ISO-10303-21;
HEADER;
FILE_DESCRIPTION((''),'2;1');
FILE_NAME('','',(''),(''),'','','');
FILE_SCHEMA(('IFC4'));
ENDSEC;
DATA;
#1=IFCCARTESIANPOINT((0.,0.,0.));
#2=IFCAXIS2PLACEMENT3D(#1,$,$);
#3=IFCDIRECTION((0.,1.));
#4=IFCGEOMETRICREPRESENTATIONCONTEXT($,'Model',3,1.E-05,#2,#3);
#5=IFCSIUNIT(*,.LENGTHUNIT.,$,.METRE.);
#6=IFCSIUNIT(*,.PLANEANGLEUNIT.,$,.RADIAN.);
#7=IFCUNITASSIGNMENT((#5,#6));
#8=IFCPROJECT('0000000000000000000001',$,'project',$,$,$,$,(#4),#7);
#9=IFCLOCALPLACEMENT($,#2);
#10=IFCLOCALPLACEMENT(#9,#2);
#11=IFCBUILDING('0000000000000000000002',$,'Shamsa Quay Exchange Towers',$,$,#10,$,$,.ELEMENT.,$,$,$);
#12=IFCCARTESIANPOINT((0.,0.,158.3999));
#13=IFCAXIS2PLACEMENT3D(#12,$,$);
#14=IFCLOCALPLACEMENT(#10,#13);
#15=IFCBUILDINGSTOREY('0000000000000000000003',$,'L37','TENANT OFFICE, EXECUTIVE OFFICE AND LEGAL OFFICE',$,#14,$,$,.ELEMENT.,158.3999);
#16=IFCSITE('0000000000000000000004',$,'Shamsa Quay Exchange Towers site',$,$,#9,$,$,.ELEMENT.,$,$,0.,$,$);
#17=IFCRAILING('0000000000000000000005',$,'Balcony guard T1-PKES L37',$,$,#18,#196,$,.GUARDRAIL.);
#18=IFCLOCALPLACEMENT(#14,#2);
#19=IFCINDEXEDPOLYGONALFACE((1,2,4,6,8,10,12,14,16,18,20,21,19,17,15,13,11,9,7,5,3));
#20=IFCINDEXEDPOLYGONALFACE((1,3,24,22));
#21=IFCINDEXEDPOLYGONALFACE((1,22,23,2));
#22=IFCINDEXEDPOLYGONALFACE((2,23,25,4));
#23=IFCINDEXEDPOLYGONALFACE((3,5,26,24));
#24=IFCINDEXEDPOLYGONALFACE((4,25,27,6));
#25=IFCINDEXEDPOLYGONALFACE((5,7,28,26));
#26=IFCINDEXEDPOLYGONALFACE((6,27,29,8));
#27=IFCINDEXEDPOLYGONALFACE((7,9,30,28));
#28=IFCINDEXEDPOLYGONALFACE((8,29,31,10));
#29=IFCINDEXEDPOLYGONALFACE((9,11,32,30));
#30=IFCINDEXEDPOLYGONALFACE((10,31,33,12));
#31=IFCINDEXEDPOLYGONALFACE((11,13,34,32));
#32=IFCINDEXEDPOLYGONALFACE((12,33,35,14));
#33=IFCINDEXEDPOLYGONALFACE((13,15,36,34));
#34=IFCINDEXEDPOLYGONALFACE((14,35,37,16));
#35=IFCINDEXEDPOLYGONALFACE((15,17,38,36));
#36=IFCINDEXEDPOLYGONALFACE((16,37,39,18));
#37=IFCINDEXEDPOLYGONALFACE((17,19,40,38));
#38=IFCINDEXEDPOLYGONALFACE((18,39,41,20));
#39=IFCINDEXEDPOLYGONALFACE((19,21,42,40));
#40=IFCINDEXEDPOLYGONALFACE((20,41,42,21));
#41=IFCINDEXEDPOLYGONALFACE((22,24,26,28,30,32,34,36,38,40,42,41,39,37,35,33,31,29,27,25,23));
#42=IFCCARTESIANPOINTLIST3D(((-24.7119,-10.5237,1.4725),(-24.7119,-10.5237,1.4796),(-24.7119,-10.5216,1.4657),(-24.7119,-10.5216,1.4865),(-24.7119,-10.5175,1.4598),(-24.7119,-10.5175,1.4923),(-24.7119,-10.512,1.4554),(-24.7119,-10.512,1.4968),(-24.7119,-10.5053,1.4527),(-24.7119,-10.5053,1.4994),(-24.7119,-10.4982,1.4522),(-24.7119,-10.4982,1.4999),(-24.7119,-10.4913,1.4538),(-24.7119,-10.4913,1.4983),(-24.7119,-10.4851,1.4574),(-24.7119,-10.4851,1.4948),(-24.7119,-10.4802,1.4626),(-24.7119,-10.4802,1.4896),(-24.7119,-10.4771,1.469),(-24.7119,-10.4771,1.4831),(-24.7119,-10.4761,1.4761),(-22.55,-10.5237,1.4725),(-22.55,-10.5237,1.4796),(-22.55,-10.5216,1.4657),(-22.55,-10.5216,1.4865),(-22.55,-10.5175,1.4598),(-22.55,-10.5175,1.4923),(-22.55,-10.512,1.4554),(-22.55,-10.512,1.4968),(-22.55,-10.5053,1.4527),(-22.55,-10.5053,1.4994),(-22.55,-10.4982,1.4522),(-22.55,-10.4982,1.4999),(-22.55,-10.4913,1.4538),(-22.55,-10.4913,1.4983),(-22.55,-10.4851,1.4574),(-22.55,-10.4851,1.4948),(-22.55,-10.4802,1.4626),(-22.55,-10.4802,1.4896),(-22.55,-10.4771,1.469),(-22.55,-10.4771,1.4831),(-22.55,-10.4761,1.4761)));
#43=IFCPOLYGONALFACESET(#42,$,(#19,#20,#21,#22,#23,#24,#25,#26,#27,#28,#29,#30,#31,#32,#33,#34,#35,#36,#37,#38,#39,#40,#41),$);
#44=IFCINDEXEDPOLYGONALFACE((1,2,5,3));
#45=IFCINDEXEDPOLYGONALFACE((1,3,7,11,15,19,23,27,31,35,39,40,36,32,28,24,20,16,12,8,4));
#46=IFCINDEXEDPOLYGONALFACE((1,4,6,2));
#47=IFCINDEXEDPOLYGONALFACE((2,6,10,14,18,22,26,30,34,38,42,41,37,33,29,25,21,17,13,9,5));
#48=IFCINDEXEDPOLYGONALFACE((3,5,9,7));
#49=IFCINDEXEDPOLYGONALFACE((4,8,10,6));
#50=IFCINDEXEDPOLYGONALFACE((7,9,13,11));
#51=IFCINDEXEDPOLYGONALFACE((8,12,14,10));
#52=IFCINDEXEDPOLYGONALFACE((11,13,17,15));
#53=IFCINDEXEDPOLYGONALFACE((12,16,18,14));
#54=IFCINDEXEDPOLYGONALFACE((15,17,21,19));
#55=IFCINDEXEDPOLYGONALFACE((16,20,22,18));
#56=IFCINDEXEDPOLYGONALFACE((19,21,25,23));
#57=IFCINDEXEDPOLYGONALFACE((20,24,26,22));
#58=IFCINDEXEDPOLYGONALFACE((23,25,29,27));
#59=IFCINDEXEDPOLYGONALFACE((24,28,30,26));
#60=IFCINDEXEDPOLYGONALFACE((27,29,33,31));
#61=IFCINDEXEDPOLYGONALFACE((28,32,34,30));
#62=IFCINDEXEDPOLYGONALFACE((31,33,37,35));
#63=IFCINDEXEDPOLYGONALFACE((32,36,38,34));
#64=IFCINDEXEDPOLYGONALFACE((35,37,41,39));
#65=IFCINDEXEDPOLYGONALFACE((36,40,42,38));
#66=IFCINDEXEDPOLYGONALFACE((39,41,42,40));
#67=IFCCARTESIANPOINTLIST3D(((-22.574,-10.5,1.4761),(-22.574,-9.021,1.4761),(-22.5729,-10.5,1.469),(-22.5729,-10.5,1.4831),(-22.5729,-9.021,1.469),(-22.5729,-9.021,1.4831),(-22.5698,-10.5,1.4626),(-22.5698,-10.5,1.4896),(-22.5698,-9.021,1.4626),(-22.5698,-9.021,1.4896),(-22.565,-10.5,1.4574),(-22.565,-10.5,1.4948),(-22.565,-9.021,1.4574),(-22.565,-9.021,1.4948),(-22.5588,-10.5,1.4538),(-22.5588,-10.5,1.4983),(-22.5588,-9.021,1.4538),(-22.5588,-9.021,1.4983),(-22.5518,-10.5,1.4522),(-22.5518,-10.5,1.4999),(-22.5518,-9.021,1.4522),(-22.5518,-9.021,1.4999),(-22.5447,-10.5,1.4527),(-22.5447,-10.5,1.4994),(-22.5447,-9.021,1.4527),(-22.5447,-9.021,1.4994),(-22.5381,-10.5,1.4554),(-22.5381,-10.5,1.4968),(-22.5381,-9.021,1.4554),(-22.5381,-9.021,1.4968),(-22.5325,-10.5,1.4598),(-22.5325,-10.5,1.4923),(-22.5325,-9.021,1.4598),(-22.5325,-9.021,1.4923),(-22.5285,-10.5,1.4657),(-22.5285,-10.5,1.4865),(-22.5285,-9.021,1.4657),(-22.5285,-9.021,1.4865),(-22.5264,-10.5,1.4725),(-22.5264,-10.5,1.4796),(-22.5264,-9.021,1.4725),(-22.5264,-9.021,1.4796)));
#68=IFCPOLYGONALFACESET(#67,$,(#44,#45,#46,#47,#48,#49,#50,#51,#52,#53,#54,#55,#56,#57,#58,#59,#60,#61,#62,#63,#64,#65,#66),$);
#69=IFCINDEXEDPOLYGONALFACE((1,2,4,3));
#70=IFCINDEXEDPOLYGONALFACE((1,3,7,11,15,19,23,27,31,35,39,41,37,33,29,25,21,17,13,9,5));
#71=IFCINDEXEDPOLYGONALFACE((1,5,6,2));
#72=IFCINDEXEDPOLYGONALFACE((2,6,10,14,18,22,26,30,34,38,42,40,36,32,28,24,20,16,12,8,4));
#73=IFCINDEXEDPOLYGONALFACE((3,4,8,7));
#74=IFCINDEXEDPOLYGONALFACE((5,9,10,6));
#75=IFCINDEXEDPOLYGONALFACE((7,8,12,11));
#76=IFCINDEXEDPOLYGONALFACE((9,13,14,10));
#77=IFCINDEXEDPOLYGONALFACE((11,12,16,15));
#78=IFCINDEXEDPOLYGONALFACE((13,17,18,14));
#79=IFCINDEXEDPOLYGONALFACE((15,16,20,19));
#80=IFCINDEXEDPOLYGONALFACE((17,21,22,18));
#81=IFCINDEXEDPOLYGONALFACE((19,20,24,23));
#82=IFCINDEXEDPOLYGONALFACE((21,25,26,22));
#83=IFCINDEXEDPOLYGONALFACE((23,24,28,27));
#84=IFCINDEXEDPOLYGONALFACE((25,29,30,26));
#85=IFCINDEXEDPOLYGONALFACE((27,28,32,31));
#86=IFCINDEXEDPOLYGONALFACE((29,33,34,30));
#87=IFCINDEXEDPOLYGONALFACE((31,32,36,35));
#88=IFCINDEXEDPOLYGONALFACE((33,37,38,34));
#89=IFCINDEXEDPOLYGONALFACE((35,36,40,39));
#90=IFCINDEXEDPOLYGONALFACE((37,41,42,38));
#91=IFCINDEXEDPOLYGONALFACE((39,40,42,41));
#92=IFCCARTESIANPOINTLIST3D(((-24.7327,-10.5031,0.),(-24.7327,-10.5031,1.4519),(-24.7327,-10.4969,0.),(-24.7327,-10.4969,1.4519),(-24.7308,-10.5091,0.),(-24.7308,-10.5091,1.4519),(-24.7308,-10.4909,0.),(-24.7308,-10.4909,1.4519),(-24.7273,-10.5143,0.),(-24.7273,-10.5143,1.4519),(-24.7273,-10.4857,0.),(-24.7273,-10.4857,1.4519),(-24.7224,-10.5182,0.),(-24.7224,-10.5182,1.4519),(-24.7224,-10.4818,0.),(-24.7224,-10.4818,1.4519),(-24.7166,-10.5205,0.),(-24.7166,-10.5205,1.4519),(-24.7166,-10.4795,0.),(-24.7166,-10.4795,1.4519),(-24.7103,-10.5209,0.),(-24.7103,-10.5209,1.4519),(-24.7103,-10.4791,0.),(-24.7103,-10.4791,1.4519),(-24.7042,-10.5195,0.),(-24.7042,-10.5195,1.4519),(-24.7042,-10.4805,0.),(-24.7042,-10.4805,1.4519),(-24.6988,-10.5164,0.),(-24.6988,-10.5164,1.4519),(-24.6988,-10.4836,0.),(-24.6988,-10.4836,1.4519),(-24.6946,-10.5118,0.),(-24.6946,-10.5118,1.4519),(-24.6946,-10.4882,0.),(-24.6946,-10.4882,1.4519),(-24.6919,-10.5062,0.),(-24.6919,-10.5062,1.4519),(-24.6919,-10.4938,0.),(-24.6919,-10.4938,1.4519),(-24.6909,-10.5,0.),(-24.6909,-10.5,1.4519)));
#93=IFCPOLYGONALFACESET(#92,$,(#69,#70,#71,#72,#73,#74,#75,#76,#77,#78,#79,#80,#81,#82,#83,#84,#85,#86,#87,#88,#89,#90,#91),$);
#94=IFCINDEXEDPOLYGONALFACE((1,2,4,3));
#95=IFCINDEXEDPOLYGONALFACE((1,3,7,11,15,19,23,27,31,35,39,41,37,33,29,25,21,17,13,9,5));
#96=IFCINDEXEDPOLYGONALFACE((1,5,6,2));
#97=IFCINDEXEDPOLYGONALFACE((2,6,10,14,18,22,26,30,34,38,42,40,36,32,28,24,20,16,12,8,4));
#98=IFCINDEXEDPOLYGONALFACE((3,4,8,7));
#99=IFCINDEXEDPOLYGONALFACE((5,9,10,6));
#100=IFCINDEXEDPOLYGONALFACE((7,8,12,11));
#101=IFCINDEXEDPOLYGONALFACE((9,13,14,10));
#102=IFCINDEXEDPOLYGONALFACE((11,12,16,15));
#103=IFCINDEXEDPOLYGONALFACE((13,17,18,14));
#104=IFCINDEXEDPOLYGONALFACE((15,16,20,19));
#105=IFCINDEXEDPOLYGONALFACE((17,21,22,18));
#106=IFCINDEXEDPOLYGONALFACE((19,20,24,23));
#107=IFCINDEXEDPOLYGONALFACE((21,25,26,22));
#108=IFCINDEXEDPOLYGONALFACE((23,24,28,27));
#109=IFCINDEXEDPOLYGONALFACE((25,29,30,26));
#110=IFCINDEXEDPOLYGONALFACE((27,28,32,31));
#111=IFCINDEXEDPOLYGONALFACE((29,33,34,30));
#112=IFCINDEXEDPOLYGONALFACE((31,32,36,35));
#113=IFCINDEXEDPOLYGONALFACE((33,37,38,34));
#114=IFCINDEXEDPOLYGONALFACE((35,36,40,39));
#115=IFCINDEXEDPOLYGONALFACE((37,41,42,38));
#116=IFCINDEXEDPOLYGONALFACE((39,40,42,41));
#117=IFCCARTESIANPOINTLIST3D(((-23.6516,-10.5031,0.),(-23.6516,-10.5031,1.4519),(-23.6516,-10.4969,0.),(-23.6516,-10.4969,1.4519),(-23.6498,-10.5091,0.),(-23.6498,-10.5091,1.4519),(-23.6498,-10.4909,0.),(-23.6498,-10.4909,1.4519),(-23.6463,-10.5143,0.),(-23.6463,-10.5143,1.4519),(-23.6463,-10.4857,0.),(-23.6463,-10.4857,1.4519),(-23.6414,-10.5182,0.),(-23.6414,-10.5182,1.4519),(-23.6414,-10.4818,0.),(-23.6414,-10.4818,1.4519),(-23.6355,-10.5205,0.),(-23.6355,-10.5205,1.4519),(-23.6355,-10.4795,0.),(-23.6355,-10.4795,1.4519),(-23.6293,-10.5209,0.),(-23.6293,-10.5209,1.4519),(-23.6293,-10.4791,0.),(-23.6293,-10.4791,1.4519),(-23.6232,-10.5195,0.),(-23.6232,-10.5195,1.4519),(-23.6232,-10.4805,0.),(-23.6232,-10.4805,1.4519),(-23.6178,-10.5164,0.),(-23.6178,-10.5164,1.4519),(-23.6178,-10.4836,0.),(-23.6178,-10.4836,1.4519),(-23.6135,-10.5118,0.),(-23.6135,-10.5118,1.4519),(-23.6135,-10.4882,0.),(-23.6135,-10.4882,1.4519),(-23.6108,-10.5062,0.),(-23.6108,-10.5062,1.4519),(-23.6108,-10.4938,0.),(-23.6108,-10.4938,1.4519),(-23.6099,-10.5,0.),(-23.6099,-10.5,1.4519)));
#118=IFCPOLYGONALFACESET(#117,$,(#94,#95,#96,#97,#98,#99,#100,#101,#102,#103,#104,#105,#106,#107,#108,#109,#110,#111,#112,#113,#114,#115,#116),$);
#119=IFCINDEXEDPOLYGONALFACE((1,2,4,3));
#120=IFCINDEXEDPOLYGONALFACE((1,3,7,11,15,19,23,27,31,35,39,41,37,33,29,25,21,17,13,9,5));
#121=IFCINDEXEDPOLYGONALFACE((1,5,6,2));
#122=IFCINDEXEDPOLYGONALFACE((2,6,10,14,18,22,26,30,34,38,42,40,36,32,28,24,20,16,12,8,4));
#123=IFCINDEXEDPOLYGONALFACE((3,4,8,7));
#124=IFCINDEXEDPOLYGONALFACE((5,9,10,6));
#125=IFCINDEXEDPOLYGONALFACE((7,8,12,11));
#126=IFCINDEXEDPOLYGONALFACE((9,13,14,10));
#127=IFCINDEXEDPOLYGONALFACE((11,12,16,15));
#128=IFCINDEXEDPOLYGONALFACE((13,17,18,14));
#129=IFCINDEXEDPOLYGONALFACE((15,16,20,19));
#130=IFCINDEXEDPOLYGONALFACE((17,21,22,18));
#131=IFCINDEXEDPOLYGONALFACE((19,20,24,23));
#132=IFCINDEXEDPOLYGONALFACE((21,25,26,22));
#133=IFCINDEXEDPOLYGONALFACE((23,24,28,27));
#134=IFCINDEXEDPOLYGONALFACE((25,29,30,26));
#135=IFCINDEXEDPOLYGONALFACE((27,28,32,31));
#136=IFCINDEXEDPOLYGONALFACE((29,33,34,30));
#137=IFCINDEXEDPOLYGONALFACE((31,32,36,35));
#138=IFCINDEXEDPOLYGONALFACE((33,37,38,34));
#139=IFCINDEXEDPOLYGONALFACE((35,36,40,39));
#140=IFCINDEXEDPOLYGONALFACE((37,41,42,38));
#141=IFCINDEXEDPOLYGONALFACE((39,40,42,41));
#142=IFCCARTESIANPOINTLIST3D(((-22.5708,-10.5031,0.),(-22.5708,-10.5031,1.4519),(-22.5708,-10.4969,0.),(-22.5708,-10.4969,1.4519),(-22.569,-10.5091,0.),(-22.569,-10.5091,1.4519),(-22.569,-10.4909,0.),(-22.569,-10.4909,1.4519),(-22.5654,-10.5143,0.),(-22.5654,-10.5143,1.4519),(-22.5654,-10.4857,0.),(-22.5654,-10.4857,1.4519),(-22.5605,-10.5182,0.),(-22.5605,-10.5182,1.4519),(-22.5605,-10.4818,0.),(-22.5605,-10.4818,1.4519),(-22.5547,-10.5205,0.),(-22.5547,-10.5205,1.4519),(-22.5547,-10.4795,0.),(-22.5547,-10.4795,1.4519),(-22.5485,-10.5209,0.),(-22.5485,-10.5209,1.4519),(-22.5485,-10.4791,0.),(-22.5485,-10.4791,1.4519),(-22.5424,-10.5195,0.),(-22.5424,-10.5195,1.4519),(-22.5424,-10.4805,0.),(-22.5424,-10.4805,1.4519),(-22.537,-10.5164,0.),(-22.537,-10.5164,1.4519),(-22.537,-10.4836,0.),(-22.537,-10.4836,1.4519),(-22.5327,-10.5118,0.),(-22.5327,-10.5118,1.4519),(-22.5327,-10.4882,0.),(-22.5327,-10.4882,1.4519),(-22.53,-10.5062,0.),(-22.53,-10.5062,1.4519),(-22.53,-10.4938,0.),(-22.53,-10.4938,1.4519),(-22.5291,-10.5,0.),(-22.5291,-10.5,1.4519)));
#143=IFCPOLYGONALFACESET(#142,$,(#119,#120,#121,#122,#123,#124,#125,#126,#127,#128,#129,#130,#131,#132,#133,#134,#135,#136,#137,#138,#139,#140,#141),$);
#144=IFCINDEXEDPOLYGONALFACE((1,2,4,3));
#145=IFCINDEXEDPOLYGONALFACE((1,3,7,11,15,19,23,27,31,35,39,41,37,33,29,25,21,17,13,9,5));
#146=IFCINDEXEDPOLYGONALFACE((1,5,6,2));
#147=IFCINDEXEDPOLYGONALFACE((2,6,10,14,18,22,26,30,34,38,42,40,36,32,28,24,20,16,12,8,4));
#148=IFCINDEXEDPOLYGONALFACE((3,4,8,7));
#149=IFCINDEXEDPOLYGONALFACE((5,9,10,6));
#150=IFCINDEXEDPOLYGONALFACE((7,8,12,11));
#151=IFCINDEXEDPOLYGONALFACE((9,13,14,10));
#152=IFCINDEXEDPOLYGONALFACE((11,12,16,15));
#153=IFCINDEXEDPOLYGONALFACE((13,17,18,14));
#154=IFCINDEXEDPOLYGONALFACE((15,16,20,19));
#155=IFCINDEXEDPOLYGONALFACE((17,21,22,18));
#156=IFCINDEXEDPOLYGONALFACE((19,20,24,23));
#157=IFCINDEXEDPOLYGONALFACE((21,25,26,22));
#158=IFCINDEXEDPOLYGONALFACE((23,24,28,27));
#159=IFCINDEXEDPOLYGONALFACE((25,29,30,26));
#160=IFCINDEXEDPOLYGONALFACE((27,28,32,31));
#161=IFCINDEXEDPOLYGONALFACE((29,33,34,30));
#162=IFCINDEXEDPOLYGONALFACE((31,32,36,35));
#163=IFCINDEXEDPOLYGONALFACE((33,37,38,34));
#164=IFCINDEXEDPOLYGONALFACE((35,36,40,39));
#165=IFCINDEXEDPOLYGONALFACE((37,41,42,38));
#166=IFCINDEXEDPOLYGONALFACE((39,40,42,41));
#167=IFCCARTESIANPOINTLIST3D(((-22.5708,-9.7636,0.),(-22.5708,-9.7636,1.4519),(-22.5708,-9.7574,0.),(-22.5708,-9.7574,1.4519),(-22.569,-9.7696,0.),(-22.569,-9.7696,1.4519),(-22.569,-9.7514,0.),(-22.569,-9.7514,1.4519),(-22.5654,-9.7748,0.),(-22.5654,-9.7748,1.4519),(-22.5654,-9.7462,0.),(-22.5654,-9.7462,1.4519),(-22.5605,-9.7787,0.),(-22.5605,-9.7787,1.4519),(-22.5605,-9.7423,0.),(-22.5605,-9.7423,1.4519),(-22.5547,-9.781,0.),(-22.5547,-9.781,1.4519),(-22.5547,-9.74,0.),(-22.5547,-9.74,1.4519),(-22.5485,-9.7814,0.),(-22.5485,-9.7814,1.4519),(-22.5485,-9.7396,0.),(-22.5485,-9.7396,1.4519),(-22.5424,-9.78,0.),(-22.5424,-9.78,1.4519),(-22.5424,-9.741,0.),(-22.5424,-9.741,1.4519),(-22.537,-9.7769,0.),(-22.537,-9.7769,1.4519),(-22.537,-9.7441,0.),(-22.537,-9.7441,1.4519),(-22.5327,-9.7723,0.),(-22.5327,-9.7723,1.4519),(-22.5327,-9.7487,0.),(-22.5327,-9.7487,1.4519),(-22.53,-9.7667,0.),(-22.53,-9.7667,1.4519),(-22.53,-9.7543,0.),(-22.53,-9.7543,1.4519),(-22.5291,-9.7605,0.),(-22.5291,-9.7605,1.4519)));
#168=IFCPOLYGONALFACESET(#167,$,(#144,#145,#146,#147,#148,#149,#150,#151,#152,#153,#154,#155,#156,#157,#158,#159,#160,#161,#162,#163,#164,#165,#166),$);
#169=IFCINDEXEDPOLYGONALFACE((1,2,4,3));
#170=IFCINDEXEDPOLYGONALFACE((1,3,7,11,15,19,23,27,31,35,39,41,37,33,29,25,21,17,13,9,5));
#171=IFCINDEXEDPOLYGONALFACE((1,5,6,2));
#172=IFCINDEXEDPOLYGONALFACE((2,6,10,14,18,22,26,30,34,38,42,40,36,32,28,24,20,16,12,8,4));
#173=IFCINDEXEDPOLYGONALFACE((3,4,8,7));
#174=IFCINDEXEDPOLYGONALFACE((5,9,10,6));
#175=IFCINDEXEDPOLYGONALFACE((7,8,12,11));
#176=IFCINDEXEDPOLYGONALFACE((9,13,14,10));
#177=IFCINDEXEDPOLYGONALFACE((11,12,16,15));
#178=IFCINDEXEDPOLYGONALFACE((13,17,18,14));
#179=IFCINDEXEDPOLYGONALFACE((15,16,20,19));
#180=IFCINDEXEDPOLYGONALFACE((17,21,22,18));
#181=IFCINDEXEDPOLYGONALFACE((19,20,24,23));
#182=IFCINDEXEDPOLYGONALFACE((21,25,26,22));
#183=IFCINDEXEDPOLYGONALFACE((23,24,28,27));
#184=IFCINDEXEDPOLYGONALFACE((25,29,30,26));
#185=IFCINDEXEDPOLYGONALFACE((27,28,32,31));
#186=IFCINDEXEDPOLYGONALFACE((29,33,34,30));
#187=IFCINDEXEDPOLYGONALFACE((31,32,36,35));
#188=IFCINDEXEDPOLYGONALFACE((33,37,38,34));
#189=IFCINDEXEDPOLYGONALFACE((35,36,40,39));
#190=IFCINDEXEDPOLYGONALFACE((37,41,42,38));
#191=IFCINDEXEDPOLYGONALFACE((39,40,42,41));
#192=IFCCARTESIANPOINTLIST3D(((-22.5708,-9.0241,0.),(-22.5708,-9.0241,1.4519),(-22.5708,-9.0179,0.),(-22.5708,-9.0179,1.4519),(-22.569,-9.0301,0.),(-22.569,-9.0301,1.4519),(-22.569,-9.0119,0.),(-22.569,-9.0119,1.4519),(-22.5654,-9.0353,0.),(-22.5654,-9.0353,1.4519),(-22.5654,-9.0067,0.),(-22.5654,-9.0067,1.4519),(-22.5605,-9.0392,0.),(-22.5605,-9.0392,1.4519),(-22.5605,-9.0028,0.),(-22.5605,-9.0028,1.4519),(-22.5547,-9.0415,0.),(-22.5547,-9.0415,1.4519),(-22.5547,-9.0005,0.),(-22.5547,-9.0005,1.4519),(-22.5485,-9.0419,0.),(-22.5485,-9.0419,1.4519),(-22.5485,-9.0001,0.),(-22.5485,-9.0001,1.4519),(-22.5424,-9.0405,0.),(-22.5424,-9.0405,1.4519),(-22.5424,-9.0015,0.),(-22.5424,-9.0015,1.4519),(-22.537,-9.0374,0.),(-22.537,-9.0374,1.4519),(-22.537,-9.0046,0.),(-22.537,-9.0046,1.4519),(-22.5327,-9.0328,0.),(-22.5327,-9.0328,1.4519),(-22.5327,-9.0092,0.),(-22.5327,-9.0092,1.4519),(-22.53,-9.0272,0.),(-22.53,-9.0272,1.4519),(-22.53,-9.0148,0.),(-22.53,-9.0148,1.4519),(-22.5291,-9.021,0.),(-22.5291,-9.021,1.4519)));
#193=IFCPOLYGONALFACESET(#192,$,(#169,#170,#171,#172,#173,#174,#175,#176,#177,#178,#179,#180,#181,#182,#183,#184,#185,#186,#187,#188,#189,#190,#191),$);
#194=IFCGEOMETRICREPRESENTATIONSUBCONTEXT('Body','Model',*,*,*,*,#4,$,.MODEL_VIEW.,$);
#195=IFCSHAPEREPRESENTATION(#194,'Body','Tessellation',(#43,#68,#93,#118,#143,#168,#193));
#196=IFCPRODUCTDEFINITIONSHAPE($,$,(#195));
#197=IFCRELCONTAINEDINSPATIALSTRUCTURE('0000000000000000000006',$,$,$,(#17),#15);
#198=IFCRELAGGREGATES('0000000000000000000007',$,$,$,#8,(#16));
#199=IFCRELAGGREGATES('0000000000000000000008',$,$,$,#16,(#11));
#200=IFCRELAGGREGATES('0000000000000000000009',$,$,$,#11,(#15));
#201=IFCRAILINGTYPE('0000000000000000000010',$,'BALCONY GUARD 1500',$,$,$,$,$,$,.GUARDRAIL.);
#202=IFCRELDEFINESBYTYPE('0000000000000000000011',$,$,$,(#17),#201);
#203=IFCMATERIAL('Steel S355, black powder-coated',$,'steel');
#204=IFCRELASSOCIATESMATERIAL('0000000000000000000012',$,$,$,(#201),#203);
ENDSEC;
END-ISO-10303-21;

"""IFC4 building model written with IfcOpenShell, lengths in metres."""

from ifc_helpers import new_model, si_unit, direction, frame, origin, origin_2d, place, context, subcontext, project, spatial, circle, extrude, material, type_object, element, save


model = new_model("IFC4")

# Units and contexts
model_context = context("Model", 3, precision=1e-05, world=origin(), true_north=direction((0.0, 1.0)))
body_context = subcontext(model_context, "Body", "Model", "MODEL_VIEW")
ifc_project = project(units=[si_unit("LENGTHUNIT", "METRE"), si_unit("PLANEANGLEUNIT", "RADIAN")], contexts=[model_context])

# Site, building, storey
site_placement = place(None, origin())
site = spatial("IfcSite", under=ifc_project, at=site_placement, Name="Shamsa Quay Exchange Towers site", CompositionType="ELEMENT", RefElevation=0.0)
building_placement = place(site_placement, origin())
building = spatial("IfcBuilding", under=site, at=building_placement, Name="Shamsa Quay Exchange Towers", CompositionType="ELEMENT")
storey_placement = place(building_placement, frame((0.0, 0.0, 158.3999)))
storey = spatial("IfcBuildingStorey", under=building, at=storey_placement, Name="L37", Description="TENANT OFFICE, EXECUTIVE OFFICE AND LEGAL OFFICE", CompositionType="ELEMENT", Elevation=158.3999)

# Railing
ifc_material_1 = material(Name="Steel S355, black powder-coated", Category="steel")
railing_type_1 = type_object("IfcRailingType", Name="BALCONY GUARD 1500", PredefinedType="GUARDRAIL", material=ifc_material_1)
for number, where, name in (
    (1, (-24.7119, -10.5, 0.0), "Balcony guard T1-PKES L37"),
):
    element("IfcRailing", number, at=place(storey_placement, frame(where)), inside=storey, type_object=railing_type_1, Name=name, PredefinedType="GUARDRAIL", context=body_context, shape_type="SweptSolid", body=[
        extrude(circle(Radius=0.0239, at=origin_2d()), frame((0.0, 0.0, 1.4761), z_axis=(1.0, 0.0, 0.0), x_axis=(0.0, 1.0, 0.0)), (0.0, 0.0, 1.0), 2.1619),
        extrude(circle(Radius=0.0239, at=origin_2d()), frame((2.1619, 0.0, 1.4761), z_axis=(0.0, 1.0, 0.0), x_axis=(-1.0, 0.0, 0.0)), (0.0, 0.0, 1.0), 1.479),
        extrude(circle(Radius=0.021, at=origin_2d()), origin(), (0.0, 0.0, 1.0), 1.4519),
        extrude(circle(Radius=0.021, at=origin_2d()), frame((1.0811, 0.0, 0.0)), (0.0, 0.0, 1.0), 1.4519),
        extrude(circle(Radius=0.021, at=origin_2d()), frame((2.1619, 0.0, 0.0)), (0.0, 0.0, 1.0), 1.4519),
        extrude(circle(Radius=0.021, at=origin_2d()), frame((2.1619, 0.7395, 0.0)), (0.0, 0.0, 1.0), 1.4519),
        extrude(circle(Radius=0.021, at=origin_2d()), frame((2.1619, 1.479, 0.0)), (0.0, 0.0, 1.0), 1.4519),
    ])

save(model, "model.ifc")
